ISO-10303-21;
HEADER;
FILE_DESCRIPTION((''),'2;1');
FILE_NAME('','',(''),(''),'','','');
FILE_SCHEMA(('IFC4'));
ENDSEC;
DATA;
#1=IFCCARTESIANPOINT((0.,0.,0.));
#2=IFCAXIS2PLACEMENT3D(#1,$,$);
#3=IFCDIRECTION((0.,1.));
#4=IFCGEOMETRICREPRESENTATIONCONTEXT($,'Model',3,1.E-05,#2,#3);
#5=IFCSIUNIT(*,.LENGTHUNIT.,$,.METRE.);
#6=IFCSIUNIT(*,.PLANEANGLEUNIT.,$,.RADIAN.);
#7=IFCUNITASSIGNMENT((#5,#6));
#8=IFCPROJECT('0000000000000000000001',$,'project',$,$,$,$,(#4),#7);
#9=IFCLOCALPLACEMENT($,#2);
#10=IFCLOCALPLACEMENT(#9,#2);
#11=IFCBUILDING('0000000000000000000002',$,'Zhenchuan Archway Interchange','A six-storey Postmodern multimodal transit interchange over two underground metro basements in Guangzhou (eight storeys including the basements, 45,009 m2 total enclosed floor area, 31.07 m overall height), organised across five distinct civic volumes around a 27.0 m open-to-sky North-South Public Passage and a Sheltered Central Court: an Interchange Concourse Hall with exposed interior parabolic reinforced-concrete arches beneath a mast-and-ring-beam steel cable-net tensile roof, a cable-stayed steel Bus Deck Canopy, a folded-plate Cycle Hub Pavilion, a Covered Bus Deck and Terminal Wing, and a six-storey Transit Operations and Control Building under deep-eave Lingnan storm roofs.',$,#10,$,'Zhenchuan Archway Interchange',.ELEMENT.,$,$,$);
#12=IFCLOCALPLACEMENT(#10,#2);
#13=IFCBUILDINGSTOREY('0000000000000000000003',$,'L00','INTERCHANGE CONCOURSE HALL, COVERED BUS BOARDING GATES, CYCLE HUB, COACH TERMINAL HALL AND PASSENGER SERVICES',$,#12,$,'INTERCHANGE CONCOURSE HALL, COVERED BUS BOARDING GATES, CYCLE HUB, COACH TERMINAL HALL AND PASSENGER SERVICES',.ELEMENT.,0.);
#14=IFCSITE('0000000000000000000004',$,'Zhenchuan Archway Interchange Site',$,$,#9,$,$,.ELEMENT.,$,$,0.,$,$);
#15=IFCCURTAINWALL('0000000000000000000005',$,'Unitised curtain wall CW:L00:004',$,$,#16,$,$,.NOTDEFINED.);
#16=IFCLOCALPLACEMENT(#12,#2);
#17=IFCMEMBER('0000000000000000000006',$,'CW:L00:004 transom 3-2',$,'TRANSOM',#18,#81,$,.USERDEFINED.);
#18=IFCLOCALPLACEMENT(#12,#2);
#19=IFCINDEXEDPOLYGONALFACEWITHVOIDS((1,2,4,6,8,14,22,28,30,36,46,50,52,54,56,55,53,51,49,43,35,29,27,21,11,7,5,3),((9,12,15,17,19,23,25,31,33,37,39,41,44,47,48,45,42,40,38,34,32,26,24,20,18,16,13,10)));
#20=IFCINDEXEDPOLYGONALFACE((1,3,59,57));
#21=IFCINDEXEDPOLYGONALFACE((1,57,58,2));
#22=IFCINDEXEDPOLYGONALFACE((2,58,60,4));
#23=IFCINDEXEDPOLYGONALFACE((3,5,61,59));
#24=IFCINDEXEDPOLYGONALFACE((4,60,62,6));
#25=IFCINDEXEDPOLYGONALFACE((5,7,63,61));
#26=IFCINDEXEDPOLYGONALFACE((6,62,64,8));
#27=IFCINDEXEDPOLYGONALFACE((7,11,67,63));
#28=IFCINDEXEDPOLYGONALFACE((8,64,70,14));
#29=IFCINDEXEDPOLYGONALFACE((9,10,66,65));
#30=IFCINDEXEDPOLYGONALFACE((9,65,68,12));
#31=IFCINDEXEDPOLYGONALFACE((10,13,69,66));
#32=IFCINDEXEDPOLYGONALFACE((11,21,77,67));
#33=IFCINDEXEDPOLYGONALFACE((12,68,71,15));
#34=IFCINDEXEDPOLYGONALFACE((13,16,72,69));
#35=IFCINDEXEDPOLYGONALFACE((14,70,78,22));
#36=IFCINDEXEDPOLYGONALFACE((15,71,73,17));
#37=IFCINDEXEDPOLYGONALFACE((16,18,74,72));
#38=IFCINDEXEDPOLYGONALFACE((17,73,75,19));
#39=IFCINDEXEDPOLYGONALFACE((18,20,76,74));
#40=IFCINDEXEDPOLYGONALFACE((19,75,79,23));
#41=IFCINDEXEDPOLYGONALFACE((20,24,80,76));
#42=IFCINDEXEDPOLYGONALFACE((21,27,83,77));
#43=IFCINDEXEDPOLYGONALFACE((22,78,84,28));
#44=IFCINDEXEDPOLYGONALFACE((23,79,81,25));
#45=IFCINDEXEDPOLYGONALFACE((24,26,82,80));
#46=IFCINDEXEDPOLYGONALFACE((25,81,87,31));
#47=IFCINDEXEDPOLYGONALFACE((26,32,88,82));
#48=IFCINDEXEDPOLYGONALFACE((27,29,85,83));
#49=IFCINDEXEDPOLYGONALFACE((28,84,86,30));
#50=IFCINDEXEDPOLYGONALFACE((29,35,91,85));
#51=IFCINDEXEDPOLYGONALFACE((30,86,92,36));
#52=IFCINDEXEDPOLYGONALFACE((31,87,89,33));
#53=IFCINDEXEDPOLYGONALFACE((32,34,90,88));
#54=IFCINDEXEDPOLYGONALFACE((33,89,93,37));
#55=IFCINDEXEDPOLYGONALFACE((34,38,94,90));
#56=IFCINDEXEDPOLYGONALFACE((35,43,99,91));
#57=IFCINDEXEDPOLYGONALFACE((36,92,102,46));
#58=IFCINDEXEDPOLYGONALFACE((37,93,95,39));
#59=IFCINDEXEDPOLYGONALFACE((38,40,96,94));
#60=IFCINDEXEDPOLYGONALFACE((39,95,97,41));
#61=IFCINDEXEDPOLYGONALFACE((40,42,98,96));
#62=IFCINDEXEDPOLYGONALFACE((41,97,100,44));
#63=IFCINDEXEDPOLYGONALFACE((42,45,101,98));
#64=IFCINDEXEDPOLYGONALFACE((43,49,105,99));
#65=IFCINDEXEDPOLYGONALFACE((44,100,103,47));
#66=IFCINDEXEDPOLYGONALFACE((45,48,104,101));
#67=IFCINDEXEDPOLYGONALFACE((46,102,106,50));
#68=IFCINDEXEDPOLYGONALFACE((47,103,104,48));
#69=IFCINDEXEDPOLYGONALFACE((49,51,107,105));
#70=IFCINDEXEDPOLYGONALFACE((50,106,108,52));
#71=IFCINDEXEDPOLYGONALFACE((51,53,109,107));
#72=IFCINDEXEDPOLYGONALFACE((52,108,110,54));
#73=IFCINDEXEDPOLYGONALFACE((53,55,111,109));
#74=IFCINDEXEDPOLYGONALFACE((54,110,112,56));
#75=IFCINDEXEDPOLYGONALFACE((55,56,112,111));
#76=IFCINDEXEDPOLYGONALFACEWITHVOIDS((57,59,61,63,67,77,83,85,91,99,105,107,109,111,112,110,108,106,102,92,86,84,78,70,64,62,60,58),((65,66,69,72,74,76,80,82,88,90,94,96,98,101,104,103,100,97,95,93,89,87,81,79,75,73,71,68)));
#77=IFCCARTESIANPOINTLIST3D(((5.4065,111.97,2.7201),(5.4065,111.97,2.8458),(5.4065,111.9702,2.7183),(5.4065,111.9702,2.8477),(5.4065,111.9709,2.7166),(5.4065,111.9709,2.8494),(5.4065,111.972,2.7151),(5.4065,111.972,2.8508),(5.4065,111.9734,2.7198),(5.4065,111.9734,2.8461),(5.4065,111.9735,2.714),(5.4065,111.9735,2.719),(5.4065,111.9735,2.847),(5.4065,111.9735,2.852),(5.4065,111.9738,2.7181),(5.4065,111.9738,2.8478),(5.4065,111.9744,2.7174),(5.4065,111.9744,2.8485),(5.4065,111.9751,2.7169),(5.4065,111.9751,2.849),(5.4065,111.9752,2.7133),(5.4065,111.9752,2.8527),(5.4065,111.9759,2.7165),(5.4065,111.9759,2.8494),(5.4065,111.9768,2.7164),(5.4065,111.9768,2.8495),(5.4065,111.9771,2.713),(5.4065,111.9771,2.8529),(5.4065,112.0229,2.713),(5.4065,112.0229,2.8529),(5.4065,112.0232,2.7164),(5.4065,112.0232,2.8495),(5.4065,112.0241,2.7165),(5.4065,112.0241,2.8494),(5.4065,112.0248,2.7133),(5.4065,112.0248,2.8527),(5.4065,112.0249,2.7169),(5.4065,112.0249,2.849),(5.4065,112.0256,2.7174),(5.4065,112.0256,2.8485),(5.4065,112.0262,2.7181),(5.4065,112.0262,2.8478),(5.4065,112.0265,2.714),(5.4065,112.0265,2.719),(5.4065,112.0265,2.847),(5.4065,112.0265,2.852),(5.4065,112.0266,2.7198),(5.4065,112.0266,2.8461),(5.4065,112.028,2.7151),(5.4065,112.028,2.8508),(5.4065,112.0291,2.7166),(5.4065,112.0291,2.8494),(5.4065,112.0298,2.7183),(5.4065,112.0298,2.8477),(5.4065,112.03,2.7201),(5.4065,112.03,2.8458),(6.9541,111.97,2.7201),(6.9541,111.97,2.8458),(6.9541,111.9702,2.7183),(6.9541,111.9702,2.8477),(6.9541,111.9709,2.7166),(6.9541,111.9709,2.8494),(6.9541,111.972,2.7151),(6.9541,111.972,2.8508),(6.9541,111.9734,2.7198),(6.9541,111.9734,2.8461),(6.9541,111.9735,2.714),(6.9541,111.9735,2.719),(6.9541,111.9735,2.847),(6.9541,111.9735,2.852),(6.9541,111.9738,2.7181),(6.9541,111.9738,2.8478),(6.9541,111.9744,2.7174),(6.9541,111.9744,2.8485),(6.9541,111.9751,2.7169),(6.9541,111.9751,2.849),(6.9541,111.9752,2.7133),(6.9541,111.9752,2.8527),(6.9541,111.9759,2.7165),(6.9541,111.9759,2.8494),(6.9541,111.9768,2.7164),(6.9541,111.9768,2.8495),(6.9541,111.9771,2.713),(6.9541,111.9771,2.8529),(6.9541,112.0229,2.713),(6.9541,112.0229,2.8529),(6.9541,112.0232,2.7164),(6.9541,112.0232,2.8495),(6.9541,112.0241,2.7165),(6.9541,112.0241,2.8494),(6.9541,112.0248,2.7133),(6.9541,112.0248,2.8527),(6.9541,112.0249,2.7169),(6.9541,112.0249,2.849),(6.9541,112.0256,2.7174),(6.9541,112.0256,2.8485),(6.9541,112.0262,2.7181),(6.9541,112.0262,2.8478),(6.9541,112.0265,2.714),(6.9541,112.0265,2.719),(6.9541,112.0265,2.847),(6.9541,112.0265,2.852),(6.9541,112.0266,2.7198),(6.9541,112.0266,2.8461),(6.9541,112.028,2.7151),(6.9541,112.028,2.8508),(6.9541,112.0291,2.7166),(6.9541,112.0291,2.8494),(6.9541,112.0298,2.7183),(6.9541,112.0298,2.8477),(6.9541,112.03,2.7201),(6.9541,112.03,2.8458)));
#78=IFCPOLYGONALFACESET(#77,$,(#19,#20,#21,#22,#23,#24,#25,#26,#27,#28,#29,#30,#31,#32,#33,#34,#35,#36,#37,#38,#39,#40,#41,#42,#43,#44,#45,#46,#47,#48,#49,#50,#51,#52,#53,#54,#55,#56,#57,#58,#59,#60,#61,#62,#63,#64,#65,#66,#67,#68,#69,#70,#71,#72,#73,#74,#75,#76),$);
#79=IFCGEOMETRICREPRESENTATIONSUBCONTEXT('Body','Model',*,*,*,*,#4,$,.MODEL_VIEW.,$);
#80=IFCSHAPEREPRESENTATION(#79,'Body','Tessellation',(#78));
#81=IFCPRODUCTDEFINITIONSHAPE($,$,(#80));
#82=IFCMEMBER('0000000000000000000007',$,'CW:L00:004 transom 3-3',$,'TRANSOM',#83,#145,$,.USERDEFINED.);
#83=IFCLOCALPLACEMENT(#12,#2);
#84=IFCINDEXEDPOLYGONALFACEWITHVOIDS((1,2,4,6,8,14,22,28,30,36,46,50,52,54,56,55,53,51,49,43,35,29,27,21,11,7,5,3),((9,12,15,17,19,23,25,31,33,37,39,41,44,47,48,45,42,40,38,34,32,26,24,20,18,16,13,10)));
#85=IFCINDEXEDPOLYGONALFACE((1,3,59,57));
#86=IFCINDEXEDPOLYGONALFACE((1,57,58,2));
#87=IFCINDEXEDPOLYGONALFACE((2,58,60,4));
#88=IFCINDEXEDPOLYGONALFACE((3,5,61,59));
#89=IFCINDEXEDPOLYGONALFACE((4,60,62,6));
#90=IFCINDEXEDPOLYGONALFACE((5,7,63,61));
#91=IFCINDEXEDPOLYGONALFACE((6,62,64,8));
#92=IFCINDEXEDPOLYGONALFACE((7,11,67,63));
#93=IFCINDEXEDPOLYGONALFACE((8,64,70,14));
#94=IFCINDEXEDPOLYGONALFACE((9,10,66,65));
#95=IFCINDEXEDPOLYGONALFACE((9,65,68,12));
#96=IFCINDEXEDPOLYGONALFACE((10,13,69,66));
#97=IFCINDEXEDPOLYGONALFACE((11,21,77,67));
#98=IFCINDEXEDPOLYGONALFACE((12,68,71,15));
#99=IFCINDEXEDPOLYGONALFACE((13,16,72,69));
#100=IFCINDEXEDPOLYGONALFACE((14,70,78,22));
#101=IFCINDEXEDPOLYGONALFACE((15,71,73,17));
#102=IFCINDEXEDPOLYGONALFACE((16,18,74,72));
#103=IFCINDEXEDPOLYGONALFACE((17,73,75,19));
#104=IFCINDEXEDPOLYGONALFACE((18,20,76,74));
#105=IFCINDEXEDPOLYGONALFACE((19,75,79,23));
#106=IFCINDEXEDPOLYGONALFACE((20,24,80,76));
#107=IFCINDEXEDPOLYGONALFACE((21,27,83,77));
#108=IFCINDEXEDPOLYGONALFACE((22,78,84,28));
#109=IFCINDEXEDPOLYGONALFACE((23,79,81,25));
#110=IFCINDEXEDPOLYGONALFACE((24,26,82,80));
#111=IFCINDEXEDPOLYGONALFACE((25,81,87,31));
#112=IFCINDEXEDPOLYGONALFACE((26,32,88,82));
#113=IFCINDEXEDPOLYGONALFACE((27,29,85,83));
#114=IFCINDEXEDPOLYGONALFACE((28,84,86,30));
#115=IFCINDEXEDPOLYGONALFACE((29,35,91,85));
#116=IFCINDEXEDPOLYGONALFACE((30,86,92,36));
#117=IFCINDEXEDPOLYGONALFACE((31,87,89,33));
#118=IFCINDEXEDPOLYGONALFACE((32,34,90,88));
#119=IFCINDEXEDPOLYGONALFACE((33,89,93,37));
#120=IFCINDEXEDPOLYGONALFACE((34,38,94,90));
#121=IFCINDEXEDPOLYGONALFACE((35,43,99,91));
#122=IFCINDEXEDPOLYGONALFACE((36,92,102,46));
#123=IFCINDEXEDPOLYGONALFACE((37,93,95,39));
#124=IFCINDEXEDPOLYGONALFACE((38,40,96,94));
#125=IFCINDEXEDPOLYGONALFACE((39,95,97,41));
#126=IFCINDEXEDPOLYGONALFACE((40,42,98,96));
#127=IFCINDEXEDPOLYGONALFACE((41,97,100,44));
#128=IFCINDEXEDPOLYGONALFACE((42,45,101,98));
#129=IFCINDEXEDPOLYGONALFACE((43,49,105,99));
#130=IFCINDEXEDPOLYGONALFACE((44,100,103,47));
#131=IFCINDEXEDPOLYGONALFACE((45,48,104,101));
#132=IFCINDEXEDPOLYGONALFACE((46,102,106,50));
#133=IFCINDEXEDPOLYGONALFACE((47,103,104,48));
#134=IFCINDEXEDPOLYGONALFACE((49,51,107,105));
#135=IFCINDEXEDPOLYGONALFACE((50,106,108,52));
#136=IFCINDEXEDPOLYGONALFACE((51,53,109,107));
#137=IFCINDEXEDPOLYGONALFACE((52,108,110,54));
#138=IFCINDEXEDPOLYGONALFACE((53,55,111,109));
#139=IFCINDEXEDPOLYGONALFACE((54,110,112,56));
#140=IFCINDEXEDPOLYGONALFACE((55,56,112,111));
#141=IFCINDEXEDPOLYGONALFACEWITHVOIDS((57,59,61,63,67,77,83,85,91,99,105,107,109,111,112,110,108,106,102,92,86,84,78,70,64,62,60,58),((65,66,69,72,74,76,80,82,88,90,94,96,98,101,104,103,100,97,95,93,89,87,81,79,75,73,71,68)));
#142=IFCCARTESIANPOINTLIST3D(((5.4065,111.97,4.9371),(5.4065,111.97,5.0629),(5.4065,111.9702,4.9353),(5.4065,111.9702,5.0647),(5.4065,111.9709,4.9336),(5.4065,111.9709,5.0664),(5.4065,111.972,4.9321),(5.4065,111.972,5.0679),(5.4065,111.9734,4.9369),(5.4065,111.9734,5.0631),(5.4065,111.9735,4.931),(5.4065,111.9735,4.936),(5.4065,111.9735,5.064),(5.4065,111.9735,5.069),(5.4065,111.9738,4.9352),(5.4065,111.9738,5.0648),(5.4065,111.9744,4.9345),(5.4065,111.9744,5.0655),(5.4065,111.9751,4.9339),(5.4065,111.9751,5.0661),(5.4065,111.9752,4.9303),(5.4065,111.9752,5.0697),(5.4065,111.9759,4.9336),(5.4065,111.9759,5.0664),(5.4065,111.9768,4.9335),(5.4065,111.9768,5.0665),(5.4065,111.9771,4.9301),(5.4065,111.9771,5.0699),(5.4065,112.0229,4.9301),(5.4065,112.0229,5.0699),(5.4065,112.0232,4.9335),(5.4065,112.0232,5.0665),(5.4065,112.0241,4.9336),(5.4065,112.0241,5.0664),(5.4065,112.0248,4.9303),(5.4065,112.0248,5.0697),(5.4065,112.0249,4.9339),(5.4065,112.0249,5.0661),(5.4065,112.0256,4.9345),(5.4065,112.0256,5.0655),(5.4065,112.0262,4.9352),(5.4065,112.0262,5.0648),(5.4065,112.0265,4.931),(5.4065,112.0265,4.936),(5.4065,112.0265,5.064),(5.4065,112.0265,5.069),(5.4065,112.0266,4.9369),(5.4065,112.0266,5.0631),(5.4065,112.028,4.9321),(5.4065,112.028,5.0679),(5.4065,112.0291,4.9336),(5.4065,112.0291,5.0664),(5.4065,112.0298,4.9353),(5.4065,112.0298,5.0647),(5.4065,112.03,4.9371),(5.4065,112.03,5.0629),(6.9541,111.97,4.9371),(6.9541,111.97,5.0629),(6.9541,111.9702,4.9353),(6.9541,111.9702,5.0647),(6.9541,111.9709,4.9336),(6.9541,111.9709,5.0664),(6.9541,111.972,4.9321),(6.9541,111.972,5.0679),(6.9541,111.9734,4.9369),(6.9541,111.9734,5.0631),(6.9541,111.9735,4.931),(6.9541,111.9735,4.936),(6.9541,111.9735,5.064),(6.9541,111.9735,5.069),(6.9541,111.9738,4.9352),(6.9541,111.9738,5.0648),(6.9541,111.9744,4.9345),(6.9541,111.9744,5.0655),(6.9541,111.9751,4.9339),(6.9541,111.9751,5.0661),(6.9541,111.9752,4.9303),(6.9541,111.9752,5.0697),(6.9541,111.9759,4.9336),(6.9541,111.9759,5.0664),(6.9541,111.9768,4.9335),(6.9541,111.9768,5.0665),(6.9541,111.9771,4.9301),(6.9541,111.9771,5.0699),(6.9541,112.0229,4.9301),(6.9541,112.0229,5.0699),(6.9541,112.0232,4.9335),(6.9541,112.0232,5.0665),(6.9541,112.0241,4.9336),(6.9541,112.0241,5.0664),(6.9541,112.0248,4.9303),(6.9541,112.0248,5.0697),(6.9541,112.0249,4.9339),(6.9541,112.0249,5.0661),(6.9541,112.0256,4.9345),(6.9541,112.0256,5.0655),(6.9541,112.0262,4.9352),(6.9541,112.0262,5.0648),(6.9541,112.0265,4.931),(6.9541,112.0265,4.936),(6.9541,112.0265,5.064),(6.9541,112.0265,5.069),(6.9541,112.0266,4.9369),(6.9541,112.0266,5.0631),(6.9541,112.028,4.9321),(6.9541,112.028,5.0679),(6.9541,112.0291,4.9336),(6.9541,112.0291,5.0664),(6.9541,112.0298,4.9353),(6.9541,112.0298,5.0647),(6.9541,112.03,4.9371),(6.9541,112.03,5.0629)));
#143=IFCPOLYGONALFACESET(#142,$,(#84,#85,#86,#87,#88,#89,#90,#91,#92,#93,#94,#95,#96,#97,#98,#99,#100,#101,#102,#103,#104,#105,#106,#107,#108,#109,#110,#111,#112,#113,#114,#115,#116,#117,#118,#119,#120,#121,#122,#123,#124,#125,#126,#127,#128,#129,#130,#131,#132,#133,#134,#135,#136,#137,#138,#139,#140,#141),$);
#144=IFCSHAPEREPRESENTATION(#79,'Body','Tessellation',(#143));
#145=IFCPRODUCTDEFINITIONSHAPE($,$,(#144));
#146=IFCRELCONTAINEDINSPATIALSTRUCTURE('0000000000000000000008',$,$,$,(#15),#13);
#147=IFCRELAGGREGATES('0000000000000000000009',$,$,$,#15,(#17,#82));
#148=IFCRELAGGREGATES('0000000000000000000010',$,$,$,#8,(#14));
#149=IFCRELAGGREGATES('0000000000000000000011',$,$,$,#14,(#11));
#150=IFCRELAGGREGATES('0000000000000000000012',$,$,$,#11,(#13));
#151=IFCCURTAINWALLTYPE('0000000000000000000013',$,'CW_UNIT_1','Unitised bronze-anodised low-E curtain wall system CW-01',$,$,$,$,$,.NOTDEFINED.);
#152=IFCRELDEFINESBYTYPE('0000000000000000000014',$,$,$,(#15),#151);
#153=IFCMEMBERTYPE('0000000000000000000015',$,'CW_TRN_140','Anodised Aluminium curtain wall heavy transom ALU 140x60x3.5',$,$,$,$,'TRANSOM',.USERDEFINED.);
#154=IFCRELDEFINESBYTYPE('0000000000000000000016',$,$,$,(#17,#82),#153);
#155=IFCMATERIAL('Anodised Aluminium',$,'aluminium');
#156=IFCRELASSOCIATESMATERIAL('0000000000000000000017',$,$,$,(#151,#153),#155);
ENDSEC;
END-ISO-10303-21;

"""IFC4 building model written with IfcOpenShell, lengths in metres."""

from ifc_helpers import new_model, si_unit, direction, frame, origin, origin_2d, place, context, subcontext, project, spatial, hollow_rectangle, extrude, material, material_profile, profile_set, type_object, element, aggregate, save


model = new_model("IFC4")

# Units and contexts
model_context = context("Model", 3, precision=1e-05, world=origin(), true_north=direction((0.0, 1.0)))
body_context = subcontext(model_context, "Body", "Model", "MODEL_VIEW")
ifc_project = project(units=[si_unit("LENGTHUNIT", "METRE"), si_unit("PLANEANGLEUNIT", "RADIAN")], contexts=[model_context])

# Site, building, storey
site_placement = place(None, origin())
site = spatial("IfcSite", under=ifc_project, at=site_placement, Name="Zhenchuan Archway Interchange Site", CompositionType="ELEMENT", RefElevation=0.0)
building_placement = place(site_placement, origin())
building = spatial("IfcBuilding", under=site, at=building_placement, Name="Zhenchuan Archway Interchange", Description="A six-storey Postmodern multimodal transit interchange over two underground metro basements in Guangzhou (eight storeys including the basements, 45,009 m2 total enclosed floor area, 31.07 m overall height), organised across five distinct civic volumes around a 27.0 m open-to-sky North-South Public Passage and a Sheltered Central Court: an Interchange Concourse Hall with exposed interior parabolic reinforced-concrete arches beneath a mast-and-ring-beam steel cable-net tensile roof, a cable-stayed steel Bus Deck Canopy, a folded-plate Cycle Hub Pavilion, a Covered Bus Deck and Terminal Wing, and a six-storey Transit Operations and Control Building under deep-eave Lingnan storm roofs.", LongName="Zhenchuan Archway Interchange", CompositionType="ELEMENT")
storey_placement = place(building_placement, origin())
storey = spatial("IfcBuildingStorey", under=building, at=storey_placement, Name="L00", Description="INTERCHANGE CONCOURSE HALL, COVERED BUS BOARDING GATES, CYCLE HUB, COACH TERMINAL HALL AND PASSENGER SERVICES", LongName="INTERCHANGE CONCOURSE HALL, COVERED BUS BOARDING GATES, CYCLE HUB, COACH TERMINAL HALL AND PASSENGER SERVICES", CompositionType="ELEMENT", Elevation=0.0)

# Curtain wall, members
ifc_material_1 = material(Name="Anodised Aluminium", Category="aluminium")
curtain_wall_type = type_object("IfcCurtainWallType", Name="CW_UNIT_1", Description="Unitised bronze-anodised low-E curtain wall system CW-01", PredefinedType="NOTDEFINED", material=ifc_material_1)
curtain_wall_placement = place(storey_placement, origin())
curtain_wall = element("IfcCurtainWall", 1, at=curtain_wall_placement, inside=storey, type_object=curtain_wall_type, Name="Unitised curtain wall CW:L00:004", PredefinedType="NOTDEFINED")
ifc_material_profile_1 = material_profile(ifc_material_1, hollow_rectangle(XDim=0.0601, YDim=0.1399, WallThickness=0.0034, InnerFilletRadius=0.0034, OuterFilletRadius=0.0071, at=origin_2d()), Name="ALU 140x60x3.5")
ifc_profile_set_1 = profile_set([ifc_material_profile_1], Name="Anodised Aluminium")
member_type_1 = type_object("IfcMemberType", Name="CW_TRN_140", Description="Anodised Aluminium curtain wall heavy transom ALU 140x60x3.5", ElementType="TRANSOM", PredefinedType="USERDEFINED", material=ifc_profile_set_1)
member_1_placement = place(storey_placement, frame((5.4065, 112.0, 2.783), z_axis=(1.0, 0.0, 0.0), x_axis=(0.0, 1.0, 0.0)))
member_1 = element("IfcMember", 2, at=member_1_placement, type_object=member_type_1, Name="CW:L00:004 transom 3-2", ObjectType="TRANSOM", PredefinedType="USERDEFINED", context=body_context, shape_type="SweptSolid", body=[
    extrude(hollow_rectangle(XDim=0.0601, YDim=0.1399, WallThickness=0.0034, InnerFilletRadius=0.0034, OuterFilletRadius=0.0071, at=origin_2d()), origin(), (0.0, 0.0, 1.0), 1.5476),
])
member_2_placement = place(storey_placement, frame((5.4065, 112.0, 5.0), z_axis=(1.0, 0.0, 0.0), x_axis=(0.0, 1.0, 0.0)))
member_2 = element("IfcMember", 3, at=member_2_placement, type_object=member_type_1, Name="CW:L00:004 transom 3-3", ObjectType="TRANSOM", PredefinedType="USERDEFINED", context=body_context, shape_type="SweptSolid", body=[
    extrude(hollow_rectangle(XDim=0.0601, YDim=0.1399, WallThickness=0.0034, InnerFilletRadius=0.0034, OuterFilletRadius=0.0071, at=origin_2d()), origin(), (0.0, 0.0, 1.0), 1.5476),
])

aggregate(curtain_wall, [member_1, member_2])

save(model, "model.ifc")
